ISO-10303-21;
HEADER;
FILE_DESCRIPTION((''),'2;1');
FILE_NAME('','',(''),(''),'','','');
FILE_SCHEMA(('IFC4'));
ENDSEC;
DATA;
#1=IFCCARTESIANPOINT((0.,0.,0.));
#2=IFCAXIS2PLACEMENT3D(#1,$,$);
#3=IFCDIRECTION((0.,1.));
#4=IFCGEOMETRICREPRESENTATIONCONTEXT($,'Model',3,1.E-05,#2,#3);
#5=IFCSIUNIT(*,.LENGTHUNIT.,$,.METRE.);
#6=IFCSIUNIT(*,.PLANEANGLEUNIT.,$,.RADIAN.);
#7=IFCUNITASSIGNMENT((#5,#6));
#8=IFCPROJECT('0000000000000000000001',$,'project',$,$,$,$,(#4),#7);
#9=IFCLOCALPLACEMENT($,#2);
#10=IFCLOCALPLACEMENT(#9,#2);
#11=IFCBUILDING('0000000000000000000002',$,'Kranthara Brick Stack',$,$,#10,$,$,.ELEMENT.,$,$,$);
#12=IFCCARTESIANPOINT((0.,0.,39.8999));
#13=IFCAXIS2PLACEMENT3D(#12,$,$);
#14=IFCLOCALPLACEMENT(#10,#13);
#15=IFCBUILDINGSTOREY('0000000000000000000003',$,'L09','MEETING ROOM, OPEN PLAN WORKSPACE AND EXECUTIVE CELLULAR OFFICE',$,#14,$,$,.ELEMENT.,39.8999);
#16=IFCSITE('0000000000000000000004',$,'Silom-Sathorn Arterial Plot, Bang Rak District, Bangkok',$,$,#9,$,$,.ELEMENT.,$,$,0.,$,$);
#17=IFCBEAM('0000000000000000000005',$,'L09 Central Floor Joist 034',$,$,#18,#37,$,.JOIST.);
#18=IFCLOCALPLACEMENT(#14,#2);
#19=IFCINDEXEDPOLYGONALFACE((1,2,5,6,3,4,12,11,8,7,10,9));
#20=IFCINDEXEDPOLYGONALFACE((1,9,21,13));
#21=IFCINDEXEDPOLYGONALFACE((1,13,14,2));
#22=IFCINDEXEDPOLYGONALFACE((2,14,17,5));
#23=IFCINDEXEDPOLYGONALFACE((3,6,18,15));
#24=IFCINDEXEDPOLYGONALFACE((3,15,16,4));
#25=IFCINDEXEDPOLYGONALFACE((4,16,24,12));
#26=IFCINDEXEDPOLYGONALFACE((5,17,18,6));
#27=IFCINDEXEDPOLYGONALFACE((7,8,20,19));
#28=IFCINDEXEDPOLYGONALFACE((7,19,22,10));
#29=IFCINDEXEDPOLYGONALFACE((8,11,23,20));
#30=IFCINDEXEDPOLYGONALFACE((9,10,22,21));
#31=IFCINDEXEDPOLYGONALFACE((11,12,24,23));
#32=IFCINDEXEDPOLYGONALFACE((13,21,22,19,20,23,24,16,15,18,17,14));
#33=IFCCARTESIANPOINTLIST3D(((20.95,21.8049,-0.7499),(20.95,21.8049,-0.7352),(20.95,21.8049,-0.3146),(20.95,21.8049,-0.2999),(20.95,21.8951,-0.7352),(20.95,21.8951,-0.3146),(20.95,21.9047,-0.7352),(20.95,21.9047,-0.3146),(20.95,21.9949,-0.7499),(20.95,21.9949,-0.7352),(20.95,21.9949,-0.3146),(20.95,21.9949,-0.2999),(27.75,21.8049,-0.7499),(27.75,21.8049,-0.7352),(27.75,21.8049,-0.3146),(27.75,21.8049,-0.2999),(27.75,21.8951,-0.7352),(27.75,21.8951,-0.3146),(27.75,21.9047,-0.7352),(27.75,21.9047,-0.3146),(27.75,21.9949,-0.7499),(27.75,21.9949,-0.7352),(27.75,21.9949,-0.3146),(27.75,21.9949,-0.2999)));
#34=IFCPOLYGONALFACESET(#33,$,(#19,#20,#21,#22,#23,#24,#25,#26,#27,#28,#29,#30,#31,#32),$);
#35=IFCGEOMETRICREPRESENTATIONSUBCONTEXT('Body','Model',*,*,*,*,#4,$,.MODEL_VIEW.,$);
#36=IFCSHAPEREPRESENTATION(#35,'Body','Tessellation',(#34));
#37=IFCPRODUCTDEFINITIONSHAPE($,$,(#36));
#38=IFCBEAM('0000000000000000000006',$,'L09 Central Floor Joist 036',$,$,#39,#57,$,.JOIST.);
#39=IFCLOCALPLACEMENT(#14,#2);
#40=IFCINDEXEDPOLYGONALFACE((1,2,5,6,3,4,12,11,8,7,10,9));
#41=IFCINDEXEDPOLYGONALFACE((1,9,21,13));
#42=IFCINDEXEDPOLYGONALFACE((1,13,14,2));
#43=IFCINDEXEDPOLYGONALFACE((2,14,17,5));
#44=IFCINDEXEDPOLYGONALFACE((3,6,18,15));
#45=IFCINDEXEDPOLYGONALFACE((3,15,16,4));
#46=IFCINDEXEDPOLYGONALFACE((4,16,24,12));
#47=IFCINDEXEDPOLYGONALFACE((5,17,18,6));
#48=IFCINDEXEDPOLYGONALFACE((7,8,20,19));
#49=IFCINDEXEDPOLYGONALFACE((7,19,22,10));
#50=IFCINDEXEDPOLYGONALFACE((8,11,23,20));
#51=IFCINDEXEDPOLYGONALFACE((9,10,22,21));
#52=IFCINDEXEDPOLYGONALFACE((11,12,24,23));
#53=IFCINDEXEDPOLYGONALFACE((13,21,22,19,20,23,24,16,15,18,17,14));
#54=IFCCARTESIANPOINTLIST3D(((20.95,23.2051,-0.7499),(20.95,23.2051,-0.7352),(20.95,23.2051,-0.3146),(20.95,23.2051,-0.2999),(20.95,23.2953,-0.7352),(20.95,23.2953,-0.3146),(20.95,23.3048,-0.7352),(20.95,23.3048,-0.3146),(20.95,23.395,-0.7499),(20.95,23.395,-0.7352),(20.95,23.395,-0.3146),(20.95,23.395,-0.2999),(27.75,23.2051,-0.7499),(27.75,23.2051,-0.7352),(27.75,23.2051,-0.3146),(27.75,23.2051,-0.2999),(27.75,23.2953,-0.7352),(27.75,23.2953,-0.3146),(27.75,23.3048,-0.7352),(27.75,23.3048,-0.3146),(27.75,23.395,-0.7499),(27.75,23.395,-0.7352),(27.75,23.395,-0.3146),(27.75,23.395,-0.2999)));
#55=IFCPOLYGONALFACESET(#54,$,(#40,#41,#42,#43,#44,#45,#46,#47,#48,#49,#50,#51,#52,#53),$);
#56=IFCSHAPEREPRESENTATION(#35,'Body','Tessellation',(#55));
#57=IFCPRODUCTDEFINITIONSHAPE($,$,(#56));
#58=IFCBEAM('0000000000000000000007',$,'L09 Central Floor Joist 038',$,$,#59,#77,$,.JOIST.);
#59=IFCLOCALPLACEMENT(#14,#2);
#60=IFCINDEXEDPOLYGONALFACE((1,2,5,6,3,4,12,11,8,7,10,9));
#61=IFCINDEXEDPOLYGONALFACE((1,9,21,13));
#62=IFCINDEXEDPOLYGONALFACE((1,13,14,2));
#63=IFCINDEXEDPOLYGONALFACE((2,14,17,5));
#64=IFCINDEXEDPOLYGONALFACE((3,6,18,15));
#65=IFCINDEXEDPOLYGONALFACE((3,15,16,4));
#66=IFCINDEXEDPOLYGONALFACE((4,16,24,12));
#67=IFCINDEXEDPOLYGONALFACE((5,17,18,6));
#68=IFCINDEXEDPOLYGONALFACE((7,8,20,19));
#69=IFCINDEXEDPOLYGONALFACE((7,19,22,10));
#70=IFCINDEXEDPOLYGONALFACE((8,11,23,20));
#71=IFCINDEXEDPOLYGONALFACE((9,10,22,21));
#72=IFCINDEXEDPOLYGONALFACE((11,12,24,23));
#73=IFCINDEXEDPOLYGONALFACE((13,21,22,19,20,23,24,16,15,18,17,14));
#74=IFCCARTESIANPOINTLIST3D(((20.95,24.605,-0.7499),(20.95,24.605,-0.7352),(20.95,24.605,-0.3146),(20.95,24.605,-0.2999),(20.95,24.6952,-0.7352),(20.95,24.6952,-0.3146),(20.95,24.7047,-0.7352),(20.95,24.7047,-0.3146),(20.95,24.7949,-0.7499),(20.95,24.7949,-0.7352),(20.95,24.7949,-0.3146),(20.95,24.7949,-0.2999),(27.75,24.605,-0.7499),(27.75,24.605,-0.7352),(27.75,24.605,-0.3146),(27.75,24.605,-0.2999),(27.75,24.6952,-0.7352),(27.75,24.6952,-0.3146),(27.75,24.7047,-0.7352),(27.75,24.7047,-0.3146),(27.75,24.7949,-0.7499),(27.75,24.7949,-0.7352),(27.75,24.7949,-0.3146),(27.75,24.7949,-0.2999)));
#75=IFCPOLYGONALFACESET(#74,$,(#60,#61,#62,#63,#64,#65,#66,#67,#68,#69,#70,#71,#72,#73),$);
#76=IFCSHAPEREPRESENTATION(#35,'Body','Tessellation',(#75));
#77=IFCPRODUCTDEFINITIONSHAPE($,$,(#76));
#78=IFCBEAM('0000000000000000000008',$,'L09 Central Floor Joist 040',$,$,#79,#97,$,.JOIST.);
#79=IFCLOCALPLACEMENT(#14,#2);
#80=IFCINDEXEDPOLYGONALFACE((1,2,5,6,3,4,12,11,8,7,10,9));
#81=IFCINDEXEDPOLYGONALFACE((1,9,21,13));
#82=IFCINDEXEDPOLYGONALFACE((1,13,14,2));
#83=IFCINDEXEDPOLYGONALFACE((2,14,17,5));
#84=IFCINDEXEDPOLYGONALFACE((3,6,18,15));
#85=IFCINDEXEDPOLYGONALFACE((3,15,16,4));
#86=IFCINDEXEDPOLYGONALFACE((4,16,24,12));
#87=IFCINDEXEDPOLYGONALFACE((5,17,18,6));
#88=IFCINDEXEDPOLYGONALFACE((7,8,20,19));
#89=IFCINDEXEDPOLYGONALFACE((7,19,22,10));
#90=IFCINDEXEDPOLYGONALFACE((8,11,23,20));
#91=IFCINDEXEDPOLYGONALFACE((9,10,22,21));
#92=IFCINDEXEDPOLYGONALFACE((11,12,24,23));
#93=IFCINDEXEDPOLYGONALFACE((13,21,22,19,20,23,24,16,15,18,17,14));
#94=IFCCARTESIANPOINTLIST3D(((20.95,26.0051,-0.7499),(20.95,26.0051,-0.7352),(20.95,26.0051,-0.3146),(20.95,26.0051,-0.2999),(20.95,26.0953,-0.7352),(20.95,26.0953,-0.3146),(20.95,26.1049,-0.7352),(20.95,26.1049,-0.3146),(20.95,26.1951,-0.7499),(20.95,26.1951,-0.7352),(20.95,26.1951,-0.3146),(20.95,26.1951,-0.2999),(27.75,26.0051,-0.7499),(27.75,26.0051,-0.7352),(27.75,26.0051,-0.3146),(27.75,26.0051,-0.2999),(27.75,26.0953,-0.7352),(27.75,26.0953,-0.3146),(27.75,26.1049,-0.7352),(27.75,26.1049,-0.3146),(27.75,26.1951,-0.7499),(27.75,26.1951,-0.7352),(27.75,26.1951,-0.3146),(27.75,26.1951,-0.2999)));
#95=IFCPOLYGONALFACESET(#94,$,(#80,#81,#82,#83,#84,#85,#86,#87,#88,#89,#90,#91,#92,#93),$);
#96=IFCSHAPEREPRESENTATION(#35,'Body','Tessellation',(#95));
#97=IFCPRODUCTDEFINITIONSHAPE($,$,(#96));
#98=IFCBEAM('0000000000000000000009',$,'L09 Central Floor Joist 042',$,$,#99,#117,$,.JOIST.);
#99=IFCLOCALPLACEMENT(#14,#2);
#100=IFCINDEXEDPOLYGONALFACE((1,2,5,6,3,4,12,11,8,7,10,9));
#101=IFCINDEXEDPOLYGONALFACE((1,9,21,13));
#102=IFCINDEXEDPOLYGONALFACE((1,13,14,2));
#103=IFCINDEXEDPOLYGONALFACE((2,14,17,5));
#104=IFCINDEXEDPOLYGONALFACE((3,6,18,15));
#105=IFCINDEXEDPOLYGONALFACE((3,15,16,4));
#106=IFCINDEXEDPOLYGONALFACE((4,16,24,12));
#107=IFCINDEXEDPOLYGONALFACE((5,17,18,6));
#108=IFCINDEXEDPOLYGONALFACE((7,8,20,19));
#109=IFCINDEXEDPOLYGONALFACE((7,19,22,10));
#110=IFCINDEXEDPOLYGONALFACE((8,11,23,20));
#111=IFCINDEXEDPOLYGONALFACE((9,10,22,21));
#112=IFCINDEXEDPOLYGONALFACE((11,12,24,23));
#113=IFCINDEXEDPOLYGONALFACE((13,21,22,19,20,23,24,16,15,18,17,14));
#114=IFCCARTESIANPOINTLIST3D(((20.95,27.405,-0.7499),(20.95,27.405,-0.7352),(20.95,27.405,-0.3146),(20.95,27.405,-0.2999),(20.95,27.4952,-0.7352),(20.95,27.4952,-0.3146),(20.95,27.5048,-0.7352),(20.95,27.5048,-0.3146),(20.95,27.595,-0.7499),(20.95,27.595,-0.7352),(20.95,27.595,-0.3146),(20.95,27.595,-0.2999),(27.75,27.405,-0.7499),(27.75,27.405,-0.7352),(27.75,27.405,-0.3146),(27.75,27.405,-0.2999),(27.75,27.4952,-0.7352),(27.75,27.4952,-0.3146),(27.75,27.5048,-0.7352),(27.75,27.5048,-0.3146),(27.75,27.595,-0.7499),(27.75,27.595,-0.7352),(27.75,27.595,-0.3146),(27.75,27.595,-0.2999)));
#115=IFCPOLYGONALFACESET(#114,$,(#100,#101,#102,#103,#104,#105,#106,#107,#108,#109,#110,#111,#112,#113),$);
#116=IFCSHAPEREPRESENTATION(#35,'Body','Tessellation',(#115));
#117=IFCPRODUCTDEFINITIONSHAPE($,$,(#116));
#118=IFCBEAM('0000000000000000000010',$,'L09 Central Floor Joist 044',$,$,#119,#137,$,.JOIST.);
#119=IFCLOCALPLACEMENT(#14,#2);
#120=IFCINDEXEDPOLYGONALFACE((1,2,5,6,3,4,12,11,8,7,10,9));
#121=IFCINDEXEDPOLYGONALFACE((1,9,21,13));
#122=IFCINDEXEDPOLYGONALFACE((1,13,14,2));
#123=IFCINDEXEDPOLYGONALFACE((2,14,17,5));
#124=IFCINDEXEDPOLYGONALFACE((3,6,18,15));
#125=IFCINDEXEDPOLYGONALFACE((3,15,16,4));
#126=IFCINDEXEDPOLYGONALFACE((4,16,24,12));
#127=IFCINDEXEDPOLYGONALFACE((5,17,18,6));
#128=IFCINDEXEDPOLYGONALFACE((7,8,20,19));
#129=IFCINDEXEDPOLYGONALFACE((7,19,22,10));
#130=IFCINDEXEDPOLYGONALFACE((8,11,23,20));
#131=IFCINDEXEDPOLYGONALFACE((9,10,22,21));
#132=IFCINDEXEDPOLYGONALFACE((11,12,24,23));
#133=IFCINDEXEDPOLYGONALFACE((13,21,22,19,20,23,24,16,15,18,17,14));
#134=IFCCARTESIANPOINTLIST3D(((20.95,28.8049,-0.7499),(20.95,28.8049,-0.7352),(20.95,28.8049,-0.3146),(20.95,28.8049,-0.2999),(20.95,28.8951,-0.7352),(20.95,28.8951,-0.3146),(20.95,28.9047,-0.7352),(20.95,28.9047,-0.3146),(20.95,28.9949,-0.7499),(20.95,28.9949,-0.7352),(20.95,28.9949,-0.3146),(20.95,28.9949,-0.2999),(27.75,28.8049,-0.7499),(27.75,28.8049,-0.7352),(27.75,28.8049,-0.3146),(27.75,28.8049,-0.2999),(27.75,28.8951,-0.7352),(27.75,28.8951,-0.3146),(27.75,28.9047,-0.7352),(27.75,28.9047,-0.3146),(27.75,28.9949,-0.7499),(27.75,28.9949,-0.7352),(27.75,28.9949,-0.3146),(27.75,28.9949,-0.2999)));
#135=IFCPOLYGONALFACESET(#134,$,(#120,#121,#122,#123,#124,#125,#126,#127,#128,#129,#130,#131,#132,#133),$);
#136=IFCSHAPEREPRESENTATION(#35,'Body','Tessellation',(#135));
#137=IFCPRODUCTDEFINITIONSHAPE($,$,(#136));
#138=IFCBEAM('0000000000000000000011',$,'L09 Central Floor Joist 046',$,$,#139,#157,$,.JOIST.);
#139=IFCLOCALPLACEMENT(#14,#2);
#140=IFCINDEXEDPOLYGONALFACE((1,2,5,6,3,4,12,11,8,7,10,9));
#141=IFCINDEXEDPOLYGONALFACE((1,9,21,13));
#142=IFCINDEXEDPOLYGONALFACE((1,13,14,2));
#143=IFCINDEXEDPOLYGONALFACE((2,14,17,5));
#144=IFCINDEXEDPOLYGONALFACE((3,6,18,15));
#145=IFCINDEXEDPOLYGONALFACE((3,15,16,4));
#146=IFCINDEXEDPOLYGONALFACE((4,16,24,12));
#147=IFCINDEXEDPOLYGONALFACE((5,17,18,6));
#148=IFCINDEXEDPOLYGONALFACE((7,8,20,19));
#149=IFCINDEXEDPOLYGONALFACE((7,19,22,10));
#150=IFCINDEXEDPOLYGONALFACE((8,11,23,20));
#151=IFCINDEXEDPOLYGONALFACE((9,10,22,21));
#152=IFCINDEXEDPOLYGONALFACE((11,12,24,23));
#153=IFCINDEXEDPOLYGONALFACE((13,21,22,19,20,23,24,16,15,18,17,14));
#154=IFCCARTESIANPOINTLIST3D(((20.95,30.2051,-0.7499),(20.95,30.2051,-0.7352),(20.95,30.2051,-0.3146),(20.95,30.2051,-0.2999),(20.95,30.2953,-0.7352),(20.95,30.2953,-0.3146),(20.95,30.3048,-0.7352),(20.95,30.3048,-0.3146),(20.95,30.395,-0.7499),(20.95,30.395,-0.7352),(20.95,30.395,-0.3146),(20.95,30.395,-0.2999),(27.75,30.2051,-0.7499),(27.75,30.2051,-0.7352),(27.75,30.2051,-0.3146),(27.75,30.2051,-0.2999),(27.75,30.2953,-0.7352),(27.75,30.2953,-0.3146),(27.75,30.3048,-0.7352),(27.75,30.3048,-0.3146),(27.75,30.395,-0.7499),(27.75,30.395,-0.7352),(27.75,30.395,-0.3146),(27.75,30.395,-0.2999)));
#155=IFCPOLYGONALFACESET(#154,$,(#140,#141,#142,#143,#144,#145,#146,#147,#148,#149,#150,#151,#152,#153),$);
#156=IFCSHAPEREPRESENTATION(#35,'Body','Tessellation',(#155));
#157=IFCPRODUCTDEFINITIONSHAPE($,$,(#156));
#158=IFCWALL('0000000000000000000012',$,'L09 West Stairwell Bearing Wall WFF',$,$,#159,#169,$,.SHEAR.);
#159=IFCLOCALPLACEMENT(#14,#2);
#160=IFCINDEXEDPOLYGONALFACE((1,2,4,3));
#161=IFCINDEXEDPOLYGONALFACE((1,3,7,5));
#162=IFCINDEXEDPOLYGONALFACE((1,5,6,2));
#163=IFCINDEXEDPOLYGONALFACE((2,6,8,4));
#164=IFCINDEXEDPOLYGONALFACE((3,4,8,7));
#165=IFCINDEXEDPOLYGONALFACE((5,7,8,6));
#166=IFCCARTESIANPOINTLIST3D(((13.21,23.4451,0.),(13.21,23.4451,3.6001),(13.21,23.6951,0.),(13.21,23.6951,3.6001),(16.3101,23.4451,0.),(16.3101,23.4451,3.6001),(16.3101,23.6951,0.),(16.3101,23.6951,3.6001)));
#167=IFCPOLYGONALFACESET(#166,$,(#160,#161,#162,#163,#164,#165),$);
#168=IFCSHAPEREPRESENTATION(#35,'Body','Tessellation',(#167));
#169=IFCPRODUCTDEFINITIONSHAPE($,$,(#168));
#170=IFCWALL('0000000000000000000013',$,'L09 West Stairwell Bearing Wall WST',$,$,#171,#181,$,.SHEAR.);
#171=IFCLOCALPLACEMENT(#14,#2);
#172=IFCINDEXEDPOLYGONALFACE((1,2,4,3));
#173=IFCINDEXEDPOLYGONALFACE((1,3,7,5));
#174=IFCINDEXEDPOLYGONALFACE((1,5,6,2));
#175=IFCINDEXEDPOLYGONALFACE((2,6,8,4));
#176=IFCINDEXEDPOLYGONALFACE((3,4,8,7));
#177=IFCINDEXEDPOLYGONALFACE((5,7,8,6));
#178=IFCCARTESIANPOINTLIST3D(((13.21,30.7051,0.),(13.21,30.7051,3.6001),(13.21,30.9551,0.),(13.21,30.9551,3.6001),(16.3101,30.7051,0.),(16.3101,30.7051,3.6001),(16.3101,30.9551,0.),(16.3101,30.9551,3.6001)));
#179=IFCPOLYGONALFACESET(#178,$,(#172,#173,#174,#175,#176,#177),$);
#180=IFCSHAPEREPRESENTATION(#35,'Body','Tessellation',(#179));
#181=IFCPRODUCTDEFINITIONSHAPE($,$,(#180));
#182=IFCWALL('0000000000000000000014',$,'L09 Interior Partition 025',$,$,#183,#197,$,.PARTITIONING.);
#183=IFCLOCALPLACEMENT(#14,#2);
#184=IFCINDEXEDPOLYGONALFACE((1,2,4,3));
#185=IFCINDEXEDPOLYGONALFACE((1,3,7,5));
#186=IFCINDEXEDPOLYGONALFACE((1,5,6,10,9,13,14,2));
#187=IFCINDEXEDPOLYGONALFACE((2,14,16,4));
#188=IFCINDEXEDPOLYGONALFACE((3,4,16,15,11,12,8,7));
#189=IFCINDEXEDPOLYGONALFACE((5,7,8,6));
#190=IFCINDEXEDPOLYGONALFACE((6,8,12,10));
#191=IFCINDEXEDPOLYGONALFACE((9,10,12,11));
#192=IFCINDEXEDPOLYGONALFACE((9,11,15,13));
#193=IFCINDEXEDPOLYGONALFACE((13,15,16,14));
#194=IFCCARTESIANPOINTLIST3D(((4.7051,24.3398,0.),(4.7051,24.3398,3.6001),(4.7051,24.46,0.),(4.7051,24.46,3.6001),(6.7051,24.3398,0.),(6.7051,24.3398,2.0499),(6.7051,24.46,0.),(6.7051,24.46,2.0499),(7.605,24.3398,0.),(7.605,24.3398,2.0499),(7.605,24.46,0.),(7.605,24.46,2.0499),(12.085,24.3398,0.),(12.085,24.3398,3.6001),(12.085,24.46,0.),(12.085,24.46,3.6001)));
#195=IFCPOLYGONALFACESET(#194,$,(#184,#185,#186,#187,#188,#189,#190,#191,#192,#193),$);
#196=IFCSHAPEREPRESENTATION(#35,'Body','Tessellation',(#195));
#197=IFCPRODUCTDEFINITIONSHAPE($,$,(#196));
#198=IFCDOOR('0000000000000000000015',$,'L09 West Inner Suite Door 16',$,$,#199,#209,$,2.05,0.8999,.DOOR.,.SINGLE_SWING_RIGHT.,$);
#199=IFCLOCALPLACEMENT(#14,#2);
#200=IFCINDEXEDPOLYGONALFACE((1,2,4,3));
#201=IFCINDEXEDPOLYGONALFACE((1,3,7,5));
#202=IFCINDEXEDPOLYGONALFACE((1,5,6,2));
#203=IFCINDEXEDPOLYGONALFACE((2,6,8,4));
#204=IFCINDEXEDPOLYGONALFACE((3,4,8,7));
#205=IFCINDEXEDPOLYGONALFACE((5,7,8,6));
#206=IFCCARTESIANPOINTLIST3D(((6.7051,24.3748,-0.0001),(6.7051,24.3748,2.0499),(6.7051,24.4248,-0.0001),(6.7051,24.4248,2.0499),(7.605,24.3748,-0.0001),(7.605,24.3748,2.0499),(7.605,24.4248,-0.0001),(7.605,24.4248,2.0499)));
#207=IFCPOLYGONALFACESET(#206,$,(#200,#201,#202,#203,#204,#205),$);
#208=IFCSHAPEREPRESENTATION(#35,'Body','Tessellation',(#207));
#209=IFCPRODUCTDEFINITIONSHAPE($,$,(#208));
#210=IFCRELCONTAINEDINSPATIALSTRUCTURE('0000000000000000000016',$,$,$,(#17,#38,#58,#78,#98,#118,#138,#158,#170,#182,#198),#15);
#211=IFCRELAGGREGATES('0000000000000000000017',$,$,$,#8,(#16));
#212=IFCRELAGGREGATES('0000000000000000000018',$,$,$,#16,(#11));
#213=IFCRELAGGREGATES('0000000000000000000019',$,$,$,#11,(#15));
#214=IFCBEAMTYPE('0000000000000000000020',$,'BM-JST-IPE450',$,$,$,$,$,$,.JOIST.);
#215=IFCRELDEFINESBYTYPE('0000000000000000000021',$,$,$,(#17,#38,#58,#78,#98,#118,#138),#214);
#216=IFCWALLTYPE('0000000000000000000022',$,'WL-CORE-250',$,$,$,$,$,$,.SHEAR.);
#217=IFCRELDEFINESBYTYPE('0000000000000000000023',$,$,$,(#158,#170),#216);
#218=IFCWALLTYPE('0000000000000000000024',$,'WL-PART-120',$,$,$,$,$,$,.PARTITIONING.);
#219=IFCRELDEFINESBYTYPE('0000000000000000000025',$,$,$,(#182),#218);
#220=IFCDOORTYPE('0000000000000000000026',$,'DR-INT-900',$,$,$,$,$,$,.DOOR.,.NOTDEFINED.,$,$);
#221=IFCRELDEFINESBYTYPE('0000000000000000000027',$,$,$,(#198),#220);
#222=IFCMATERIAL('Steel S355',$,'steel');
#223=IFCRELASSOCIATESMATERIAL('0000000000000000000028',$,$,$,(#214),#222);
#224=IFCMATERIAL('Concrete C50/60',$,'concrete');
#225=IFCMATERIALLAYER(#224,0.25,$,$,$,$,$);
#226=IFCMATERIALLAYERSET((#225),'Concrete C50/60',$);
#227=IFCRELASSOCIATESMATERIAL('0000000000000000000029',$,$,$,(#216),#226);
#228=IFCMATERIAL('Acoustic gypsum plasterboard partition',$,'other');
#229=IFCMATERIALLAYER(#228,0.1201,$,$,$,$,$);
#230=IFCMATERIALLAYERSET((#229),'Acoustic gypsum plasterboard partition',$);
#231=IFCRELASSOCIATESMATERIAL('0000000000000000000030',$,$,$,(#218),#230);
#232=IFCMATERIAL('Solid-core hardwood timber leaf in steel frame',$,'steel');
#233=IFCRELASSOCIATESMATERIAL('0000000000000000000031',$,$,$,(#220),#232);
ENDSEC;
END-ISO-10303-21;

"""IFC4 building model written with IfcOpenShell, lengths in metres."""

from ifc_helpers import new_model, si_unit, direction, frame, frame_2d, origin, origin_2d, place, context, subcontext, project, spatial, rectangle, i_section, extrude, material, layer, layer_set, material_profile, profile_set, type_object, element, fill, save


model = new_model("IFC4")

# Units and contexts
model_context = context("Model", 3, precision=1e-05, world=origin(), true_north=direction((0.0, 1.0)))
body_context = subcontext(model_context, "Body", "Model", "MODEL_VIEW")
ifc_project = project(units=[si_unit("LENGTHUNIT", "METRE"), si_unit("PLANEANGLEUNIT", "RADIAN")], contexts=[model_context])

# Site, building, storey
site_placement = place(None, origin())
site = spatial("IfcSite", under=ifc_project, at=site_placement, Name="Silom-Sathorn Arterial Plot, Bang Rak District, Bangkok", CompositionType="ELEMENT", RefElevation=0.0)
building_placement = place(site_placement, origin())
building = spatial("IfcBuilding", under=site, at=building_placement, Name="Kranthara Brick Stack", CompositionType="ELEMENT")
storey_placement = place(building_placement, frame((0.0, 0.0, 39.8999)))
storey = spatial("IfcBuildingStorey", under=building, at=storey_placement, Name="L09", Description="MEETING ROOM, OPEN PLAN WORKSPACE AND EXECUTIVE CELLULAR OFFICE", CompositionType="ELEMENT", Elevation=39.8999)

# Beams
ifc_material_1 = material(Name="Steel S355", Category="steel")
ifc_material_profile = material_profile(ifc_material_1, i_section(OverallWidth=0.1899, OverallDepth=0.45, WebThickness=0.0095, FlangeThickness=0.0146, at=origin_2d()), Name="IPE 450")
ifc_profile_set = profile_set([ifc_material_profile], Name="Steel S355")
beam_type = type_object("IfcBeamType", Name="BM-JST-IPE450", PredefinedType="JOIST", material=ifc_profile_set)
for number, where, z_axis, x_axis, name in (
    (1, (20.95, 21.8999, -0.5249), (1.0, 0.0, 0.0), (0.0, 1.0, 0.0), "L09 Central Floor Joist 034"),
    (2, (20.95, 23.3, -0.5249), (1.0, 0.0, 0.0), (0.0, 1.0, 0.0), "L09 Central Floor Joist 036"),
    (3, (20.95, 24.7, -0.5249), (1.0, 0.0, 0.0), (0.0, 1.0, 0.0), "L09 Central Floor Joist 038"),
    (4, (20.95, 26.1001, -0.5249), (1.0, 0.0, 0.0), (0.0, 1.0, 0.0), "L09 Central Floor Joist 040"),
    (5, (20.95, 27.5, -0.5249), (1.0, 0.0, 0.0), (0.0, 1.0, 0.0), "L09 Central Floor Joist 042"),
    (6, (20.95, 28.8999, -0.5249), (1.0, 0.0, 0.0), (0.0, 1.0, 0.0), "L09 Central Floor Joist 044"),
    (7, (20.95, 30.3, -0.5249), (1.0, 0.0, 0.0), (0.0, 1.0, 0.0), "L09 Central Floor Joist 046"),
):
    element("IfcBeam", number, at=place(storey_placement, frame(where, z_axis=z_axis, x_axis=x_axis)), inside=storey, type_object=beam_type, Name=name, PredefinedType="JOIST", context=body_context, shape_type="SweptSolid", body=[
        extrude(i_section(OverallWidth=0.1899, OverallDepth=0.45, WebThickness=0.0095, FlangeThickness=0.0146, at=origin_2d()), origin(), (0.0, 0.0, 1.0), 6.8),
    ])

# Walls
ifc_material_2 = material(Name="Concrete C50/60", Category="concrete")
ifc_layer_1 = layer(ifc_material_2, 0.25)
ifc_layer_set_1 = layer_set([ifc_layer_1], Name="Concrete C50/60")
wall_type_1 = type_object("IfcWallType", Name="WL-CORE-250", PredefinedType="SHEAR", material=ifc_layer_set_1)
for number, where, z_axis, x_axis, name in (
    (8, (13.21, 23.5701, 0.0), (0.0, 0.0, 1.0), (1.0, 0.0, 0.0), "L09 West Stairwell Bearing Wall WFF"),
    (9, (13.21, 30.8301, 0.0), (0.0, 0.0, 1.0), (1.0, 0.0, 0.0), "L09 West Stairwell Bearing Wall WST"),
):
    element("IfcWall", number, at=place(storey_placement, frame(where, z_axis=z_axis, x_axis=x_axis)), inside=storey, type_object=wall_type_1, Name=name, PredefinedType="SHEAR", context=body_context, shape_type="SweptSolid", body=[
        extrude(rectangle(XDim=3.1001, YDim=0.25, at=frame_2d((1.55, 0.0))), origin(), (0.0, 0.0, 1.0), 3.6001),
    ])

# Wall, opening, door
ifc_material_3 = material(Name="Acoustic gypsum plasterboard partition", Category="other")
ifc_layer_2 = layer(ifc_material_3, 0.1201)
ifc_layer_set_2 = layer_set([ifc_layer_2], Name="Acoustic gypsum plasterboard partition")
wall_type_2 = type_object("IfcWallType", Name="WL-PART-120", PredefinedType="PARTITIONING", material=ifc_layer_set_2)
wall_1_placement = place(storey_placement, frame((4.7051, 24.3999, 0.0), z_axis=(0.0, 0.0, 1.0), x_axis=(1.0, 0.0, 0.0)))
wall_1 = element("IfcWall", 10, at=wall_1_placement, inside=storey, type_object=wall_type_2, Name="L09 Interior Partition 025", PredefinedType="PARTITIONING", context=body_context, shape_type="SweptSolid", body=[
    extrude(rectangle(XDim=7.3799, YDim=0.1201, at=frame_2d((3.6899, 0.0))), origin(), (0.0, 0.0, 1.0), 3.6001),
])
opening_1_placement = place(wall_1_placement, frame((2.0, 0.0, 0.0)))
opening_1 = element("IfcOpeningElement", 11, at=opening_1_placement, cuts=wall_1, PredefinedType="OPENING", context=body_context, shape_type="SweptSolid", body=[
    extrude(rectangle(XDim=0.8999, YDim=2.05, at=frame_2d((0.45, 1.0249))), frame((0.0, 0.0701, 0.0), z_axis=(0.0, -1.0, 0.0), x_axis=(1.0, 0.0, 0.0)), (0.0, 0.0, 1.0), 0.1401),
])
ifc_material_4 = material(Name="Solid-core hardwood timber leaf in steel frame", Category="steel")
door_type_1 = type_object("IfcDoorType", Name="DR-INT-900", OperationType="NOTDEFINED", PredefinedType="DOOR", material=ifc_material_4)
door_1_placement = place(opening_1_placement, origin())
door_1 = element("IfcDoor", 12, at=door_1_placement, inside=storey, type_object=door_type_1, Name="L09 West Inner Suite Door 16", OperationType="SINGLE_SWING_RIGHT", OverallHeight=2.05, OverallWidth=0.8999, PredefinedType="DOOR", context=body_context, shape_type="SweptSolid", body=[
    extrude(rectangle(XDim=0.8999, YDim=2.05, at=frame_2d((0.45, 1.0249))), frame((0.0, 0.0249, 0.0), z_axis=(0.0, -1.0, 0.0), x_axis=(1.0, 0.0, 0.0)), (0.0, 0.0, 1.0), 0.05),
])
fill(opening_1, door_1)

save(model, "model.ifc")
